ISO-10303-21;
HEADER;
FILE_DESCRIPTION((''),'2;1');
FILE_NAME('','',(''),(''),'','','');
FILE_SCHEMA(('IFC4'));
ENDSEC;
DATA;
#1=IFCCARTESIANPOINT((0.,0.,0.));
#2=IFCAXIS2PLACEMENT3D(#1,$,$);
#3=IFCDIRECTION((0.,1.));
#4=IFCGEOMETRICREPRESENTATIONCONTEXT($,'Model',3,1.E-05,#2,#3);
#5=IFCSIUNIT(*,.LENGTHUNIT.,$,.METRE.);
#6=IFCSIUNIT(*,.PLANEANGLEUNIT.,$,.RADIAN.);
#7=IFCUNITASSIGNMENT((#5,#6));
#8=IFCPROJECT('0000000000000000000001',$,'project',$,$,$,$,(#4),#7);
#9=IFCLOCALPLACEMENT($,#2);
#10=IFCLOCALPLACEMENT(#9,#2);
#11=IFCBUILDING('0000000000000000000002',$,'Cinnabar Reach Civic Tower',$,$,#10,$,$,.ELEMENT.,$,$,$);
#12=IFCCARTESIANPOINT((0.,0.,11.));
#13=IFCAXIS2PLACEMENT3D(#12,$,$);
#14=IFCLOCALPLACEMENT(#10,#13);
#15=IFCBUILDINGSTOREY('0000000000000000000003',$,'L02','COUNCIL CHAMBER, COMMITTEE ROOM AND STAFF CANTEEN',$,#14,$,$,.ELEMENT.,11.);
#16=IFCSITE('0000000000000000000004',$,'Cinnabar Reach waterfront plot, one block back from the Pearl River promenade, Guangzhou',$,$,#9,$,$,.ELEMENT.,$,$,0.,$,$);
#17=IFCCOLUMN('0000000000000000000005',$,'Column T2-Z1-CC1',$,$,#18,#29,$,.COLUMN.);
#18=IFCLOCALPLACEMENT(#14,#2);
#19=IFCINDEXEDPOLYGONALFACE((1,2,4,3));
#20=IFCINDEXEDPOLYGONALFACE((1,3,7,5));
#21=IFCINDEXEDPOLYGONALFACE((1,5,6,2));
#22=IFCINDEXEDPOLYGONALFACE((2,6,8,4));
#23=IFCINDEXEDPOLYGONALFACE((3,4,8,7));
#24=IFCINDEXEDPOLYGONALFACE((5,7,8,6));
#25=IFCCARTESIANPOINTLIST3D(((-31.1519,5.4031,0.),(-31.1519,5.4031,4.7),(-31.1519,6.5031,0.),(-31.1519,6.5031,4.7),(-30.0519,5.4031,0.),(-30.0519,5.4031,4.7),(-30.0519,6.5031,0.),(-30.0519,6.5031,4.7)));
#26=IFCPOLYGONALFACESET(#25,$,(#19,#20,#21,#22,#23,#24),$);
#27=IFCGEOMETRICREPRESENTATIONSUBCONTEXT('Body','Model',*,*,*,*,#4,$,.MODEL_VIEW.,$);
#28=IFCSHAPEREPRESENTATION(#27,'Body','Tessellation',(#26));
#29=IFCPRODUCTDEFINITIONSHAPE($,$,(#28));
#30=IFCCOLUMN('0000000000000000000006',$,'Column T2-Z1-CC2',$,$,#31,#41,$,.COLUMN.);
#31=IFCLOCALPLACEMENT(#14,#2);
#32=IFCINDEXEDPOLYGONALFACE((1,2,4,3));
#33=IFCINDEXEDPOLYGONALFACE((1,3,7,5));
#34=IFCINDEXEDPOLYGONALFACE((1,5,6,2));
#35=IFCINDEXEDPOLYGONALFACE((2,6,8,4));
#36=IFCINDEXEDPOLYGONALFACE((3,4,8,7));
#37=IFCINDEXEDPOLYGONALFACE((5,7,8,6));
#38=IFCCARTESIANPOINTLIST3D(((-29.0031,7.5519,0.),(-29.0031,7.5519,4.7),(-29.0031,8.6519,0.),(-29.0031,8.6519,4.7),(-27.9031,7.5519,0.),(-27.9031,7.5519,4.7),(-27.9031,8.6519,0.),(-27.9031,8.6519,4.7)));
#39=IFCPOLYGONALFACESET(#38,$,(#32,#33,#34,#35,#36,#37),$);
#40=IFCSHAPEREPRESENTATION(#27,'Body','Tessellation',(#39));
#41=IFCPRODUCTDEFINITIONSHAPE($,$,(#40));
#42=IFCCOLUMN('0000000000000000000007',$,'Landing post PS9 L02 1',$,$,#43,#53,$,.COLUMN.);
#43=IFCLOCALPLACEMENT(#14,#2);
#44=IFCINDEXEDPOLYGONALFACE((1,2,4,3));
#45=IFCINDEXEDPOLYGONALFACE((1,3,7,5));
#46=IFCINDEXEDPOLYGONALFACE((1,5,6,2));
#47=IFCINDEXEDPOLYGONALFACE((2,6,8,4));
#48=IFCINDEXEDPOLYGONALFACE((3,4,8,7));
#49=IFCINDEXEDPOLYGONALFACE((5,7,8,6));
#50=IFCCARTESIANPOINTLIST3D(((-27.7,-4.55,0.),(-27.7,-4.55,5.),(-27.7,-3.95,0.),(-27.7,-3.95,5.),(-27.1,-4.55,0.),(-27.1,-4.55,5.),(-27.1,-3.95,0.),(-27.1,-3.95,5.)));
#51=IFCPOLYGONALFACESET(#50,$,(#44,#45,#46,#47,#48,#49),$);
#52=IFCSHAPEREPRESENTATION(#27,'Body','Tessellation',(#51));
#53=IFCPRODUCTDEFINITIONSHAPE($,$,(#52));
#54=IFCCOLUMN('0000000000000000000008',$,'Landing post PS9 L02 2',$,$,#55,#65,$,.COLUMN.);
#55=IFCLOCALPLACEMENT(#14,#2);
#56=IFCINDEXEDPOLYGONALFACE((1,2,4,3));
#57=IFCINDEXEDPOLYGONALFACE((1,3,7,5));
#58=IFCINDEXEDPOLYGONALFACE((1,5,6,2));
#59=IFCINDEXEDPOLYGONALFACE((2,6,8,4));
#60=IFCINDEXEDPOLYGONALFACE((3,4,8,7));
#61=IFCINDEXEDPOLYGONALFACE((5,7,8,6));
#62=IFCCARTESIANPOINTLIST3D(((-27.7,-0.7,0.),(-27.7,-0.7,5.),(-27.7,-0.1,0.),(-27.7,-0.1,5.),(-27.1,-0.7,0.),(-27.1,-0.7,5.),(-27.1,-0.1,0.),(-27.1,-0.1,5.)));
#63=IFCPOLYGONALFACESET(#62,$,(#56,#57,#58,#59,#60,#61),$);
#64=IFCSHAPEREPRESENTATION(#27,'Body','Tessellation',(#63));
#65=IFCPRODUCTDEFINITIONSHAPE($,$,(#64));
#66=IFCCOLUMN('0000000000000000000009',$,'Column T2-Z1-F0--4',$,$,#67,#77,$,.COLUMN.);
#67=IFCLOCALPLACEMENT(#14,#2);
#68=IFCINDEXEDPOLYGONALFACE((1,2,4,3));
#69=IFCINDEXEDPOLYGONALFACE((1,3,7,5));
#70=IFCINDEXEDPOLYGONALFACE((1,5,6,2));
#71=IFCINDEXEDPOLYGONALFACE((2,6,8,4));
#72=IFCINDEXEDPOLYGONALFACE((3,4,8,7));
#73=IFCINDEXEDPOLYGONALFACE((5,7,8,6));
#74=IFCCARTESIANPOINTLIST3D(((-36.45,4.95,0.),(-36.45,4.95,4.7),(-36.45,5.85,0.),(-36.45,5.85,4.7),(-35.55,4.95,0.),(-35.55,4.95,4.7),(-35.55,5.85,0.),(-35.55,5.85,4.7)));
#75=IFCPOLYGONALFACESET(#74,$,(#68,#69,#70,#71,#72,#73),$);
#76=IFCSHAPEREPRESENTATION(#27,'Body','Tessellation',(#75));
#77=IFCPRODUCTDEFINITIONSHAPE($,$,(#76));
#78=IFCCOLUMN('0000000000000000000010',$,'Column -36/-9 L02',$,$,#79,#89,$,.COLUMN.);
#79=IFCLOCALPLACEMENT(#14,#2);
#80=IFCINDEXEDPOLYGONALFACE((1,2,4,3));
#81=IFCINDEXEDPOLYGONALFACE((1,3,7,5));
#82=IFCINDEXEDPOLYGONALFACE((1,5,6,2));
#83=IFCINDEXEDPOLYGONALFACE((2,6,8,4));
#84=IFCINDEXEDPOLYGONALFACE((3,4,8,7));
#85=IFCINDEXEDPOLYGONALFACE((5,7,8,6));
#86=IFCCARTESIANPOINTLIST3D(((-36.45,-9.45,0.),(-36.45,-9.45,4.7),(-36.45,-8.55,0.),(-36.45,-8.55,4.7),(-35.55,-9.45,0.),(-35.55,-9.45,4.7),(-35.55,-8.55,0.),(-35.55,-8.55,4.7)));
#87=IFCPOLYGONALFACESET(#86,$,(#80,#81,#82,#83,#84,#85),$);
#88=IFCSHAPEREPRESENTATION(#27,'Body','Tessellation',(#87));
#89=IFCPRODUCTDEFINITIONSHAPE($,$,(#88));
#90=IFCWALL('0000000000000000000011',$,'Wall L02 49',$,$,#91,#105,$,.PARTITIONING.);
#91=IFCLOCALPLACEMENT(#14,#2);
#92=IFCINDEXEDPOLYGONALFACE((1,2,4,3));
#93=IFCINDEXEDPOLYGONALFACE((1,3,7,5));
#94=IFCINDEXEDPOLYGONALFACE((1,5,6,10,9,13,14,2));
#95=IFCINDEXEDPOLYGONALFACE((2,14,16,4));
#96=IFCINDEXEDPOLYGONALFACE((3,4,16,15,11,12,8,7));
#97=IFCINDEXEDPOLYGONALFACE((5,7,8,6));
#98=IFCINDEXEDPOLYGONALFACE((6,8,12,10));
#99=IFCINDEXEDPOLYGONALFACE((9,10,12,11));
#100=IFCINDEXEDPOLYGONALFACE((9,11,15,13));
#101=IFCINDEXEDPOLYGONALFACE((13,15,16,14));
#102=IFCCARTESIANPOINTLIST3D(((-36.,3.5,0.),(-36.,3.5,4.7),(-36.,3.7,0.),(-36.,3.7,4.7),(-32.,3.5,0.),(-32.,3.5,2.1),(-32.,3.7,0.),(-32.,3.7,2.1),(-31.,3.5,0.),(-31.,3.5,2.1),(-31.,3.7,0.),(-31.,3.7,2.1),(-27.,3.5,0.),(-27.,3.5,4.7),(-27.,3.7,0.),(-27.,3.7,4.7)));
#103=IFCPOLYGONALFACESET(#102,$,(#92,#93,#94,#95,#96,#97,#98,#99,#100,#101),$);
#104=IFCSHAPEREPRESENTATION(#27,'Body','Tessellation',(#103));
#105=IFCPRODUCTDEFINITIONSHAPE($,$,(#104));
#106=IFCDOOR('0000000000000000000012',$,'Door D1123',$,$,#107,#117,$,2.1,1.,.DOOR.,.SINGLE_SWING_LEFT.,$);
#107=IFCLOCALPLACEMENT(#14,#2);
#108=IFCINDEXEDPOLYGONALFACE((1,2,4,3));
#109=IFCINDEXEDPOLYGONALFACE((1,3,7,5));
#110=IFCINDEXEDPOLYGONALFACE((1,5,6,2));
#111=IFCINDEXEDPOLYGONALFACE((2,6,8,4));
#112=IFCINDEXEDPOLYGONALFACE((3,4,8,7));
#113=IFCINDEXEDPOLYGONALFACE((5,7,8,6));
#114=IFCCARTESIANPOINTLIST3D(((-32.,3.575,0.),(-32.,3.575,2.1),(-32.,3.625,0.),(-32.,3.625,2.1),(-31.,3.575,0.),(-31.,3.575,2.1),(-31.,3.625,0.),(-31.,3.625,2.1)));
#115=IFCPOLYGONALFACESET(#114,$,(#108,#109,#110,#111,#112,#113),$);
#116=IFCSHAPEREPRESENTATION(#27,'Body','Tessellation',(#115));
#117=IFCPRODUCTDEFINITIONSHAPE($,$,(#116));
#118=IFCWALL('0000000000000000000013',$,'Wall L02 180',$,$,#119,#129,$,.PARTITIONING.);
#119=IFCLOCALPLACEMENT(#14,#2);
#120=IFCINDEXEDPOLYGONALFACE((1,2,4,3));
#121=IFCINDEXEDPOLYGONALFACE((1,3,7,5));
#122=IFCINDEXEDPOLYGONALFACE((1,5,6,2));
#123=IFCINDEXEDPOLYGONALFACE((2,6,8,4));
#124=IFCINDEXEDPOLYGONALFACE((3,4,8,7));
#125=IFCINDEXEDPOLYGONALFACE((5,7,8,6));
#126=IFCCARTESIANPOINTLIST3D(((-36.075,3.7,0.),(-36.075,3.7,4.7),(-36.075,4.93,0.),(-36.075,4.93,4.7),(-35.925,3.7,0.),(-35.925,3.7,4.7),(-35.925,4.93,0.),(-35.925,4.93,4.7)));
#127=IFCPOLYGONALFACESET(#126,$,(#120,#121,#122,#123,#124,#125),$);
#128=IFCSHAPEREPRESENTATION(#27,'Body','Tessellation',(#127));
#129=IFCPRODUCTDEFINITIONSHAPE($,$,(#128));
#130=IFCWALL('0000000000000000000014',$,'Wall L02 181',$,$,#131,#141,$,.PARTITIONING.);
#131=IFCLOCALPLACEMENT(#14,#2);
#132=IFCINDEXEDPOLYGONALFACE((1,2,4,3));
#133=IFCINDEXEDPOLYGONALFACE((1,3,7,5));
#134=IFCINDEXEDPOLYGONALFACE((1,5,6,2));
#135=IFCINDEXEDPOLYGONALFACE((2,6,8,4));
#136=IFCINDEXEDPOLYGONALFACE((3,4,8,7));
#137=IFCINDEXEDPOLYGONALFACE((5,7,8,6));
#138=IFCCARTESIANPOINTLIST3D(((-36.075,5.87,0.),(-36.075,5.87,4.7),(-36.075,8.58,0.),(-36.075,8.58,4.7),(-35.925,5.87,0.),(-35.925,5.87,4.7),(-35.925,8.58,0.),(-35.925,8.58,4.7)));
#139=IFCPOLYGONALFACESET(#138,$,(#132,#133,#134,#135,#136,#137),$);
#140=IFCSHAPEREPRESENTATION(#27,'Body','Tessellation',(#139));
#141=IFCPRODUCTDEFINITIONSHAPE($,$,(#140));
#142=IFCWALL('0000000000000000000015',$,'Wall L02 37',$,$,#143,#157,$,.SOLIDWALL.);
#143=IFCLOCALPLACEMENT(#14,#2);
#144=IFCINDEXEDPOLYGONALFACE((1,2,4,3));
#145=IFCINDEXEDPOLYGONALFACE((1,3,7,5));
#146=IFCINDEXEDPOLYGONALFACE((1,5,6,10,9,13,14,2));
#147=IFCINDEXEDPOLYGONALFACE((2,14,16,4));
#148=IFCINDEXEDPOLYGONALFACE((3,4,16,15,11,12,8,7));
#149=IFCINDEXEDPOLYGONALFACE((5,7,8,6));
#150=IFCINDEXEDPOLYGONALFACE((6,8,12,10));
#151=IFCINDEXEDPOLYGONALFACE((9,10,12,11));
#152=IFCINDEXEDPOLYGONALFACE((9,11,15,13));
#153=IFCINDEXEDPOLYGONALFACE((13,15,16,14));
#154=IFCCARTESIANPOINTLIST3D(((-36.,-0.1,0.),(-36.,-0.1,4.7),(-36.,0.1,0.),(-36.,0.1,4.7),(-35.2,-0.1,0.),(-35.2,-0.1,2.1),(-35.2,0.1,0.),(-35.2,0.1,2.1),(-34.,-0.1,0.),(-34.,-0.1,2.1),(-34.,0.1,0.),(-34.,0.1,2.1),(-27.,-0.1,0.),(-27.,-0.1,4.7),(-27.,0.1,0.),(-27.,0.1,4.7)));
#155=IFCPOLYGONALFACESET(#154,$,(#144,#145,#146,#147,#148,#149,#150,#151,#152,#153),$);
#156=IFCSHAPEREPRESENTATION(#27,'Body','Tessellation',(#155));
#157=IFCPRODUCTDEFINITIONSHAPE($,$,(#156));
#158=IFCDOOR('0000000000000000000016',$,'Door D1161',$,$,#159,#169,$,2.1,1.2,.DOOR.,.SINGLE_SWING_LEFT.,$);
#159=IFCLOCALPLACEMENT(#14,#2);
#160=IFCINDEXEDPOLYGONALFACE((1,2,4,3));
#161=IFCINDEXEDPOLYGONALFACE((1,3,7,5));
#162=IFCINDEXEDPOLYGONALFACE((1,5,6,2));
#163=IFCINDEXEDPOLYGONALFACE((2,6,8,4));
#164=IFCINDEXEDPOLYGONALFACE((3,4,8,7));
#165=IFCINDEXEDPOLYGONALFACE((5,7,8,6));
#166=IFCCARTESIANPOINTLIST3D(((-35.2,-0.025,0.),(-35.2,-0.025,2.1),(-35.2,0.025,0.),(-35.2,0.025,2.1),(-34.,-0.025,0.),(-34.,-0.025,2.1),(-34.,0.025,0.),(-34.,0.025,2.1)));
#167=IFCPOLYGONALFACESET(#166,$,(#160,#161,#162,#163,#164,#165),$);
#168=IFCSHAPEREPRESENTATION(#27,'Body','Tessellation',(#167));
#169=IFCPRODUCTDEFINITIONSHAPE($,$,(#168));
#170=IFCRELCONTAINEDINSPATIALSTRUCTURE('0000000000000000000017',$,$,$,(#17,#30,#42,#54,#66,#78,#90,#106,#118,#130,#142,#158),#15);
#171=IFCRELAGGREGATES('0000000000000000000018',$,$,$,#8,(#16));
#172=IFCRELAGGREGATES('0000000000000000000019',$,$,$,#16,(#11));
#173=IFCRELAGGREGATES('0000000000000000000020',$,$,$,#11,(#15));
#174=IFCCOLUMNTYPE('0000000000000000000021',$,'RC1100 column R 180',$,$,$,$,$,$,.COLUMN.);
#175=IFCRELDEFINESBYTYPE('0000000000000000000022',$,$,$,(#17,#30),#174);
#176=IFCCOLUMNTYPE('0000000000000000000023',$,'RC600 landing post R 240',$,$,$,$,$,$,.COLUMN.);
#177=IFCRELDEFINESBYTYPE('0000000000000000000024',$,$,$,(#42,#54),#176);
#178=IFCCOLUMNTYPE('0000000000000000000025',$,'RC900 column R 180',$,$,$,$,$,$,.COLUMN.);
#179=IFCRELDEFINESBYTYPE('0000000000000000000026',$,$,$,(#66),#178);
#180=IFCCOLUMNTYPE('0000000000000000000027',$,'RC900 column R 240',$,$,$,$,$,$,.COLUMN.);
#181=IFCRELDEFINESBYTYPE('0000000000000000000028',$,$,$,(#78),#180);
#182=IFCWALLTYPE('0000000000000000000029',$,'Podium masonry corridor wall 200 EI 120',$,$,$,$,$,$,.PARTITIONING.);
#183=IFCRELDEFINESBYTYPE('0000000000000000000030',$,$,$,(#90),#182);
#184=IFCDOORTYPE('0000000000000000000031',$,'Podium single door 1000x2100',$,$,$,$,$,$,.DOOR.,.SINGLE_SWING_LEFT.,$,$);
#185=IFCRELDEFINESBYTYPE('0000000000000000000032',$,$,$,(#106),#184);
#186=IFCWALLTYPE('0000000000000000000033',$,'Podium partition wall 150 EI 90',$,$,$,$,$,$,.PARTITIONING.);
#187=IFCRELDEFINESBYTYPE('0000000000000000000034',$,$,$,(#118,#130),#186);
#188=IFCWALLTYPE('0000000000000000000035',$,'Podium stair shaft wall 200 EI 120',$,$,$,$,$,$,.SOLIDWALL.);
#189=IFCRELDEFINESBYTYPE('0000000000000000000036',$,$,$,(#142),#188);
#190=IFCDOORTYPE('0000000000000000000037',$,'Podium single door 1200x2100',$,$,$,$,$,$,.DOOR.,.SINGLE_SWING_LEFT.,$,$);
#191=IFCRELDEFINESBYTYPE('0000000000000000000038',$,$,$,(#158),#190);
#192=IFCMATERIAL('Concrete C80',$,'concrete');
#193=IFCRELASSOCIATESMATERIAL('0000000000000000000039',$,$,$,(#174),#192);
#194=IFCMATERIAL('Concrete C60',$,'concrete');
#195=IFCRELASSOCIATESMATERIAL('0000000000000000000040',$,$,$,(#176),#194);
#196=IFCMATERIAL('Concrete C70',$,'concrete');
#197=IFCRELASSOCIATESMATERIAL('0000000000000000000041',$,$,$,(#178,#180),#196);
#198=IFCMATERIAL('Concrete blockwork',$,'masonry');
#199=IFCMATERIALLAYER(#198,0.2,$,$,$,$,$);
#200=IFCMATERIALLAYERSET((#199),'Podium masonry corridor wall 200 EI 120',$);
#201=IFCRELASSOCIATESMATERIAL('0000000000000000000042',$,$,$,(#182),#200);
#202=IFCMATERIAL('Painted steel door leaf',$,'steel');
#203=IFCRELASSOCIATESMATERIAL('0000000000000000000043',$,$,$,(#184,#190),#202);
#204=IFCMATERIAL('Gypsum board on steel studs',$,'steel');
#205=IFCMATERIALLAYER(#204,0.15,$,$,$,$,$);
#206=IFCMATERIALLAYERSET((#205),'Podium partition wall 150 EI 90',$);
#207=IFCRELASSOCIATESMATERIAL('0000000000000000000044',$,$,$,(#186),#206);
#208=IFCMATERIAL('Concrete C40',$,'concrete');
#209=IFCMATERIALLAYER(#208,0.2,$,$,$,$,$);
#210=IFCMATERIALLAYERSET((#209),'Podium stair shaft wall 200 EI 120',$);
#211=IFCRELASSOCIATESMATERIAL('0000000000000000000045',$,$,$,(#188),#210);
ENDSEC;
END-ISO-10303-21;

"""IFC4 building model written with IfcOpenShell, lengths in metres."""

from ifc_helpers import new_model, si_unit, direction, frame, frame_2d, origin, origin_2d, place, context, subcontext, project, spatial, rectangle, extrude, material, layer, layer_set, material_profile, profile_set, type_object, element, fill, save


model = new_model("IFC4")

# Units and contexts
model_context = context("Model", 3, precision=1e-05, world=origin(), true_north=direction((0.0, 1.0)))
body_context = subcontext(model_context, "Body", "Model", "MODEL_VIEW")
ifc_project = project(units=[si_unit("LENGTHUNIT", "METRE"), si_unit("PLANEANGLEUNIT", "RADIAN")], contexts=[model_context])

# Site, building, storey
site_placement = place(None, origin())
site = spatial("IfcSite", under=ifc_project, at=site_placement, Name="Cinnabar Reach waterfront plot, one block back from the Pearl River promenade, Guangzhou", CompositionType="ELEMENT", RefElevation=0.0)
building_placement = place(site_placement, origin())
building = spatial("IfcBuilding", under=site, at=building_placement, Name="Cinnabar Reach Civic Tower", CompositionType="ELEMENT")
storey_placement = place(building_placement, frame((0.0, 0.0, 11.0)))
storey = spatial("IfcBuildingStorey", under=building, at=storey_placement, Name="L02", Description="COUNCIL CHAMBER, COMMITTEE ROOM AND STAFF CANTEEN", CompositionType="ELEMENT", Elevation=11.0)

# Columns
ifc_material_1 = material(Name="Concrete C80", Category="concrete")
ifc_material_profile_1 = material_profile(ifc_material_1, rectangle(XDim=1.1, YDim=1.1, at=origin_2d()), Name="RC1100")
ifc_profile_set_1 = profile_set([ifc_material_profile_1], Name="Concrete C80")
column_type_1 = type_object("IfcColumnType", Name="RC1100 column R 180", PredefinedType="COLUMN", material=ifc_profile_set_1)
for number, where, z_axis, x_axis, name in (
    (1, (-30.6019, 5.9531, 0.0), (0.0, 0.0, 1.0), (1.0, 0.0, 0.0), "Column T2-Z1-CC1"),
    (2, (-28.4531, 8.1019, 0.0), (0.0, 0.0, 1.0), (1.0, 0.0, 0.0), "Column T2-Z1-CC2"),
):
    element("IfcColumn", number, at=place(storey_placement, frame(where, z_axis=z_axis, x_axis=x_axis)), inside=storey, type_object=column_type_1, Name=name, PredefinedType="COLUMN", context=body_context, shape_type="SweptSolid", body=[
        extrude(rectangle(XDim=1.1, YDim=1.1, at=origin_2d()), origin(), (0.0, 0.0, 1.0), 4.7),
    ])
ifc_material_2 = material(Name="Concrete C60", Category="concrete")
ifc_material_profile_2 = material_profile(ifc_material_2, rectangle(XDim=0.6, YDim=0.6, at=origin_2d()), Name="RC600")
ifc_profile_set_2 = profile_set([ifc_material_profile_2], Name="Concrete C60")
column_type_2 = type_object("IfcColumnType", Name="RC600 landing post R 240", PredefinedType="COLUMN", material=ifc_profile_set_2)
for number, where, z_axis, x_axis, name in (
    (3, (-27.4, -4.25, 0.0), (0.0, 0.0, 1.0), (1.0, 0.0, 0.0), "Landing post PS9 L02 1"),
    (4, (-27.4, -0.4, 0.0), (0.0, 0.0, 1.0), (1.0, 0.0, 0.0), "Landing post PS9 L02 2"),
):
    element("IfcColumn", number, at=place(storey_placement, frame(where, z_axis=z_axis, x_axis=x_axis)), inside=storey, type_object=column_type_2, Name=name, PredefinedType="COLUMN", context=body_context, shape_type="SweptSolid", body=[
        extrude(rectangle(XDim=0.6, YDim=0.6, at=origin_2d()), origin(), (0.0, 0.0, 1.0), 5.0),
    ])
ifc_material_3 = material(Name="Concrete C70", Category="concrete")
ifc_material_profile_3 = material_profile(ifc_material_3, rectangle(XDim=0.9, YDim=0.9, at=origin_2d()), Name="RC900")
ifc_profile_set_3 = profile_set([ifc_material_profile_3], Name="Concrete C70")
column_type_3 = type_object("IfcColumnType", Name="RC900 column R 180", PredefinedType="COLUMN", material=ifc_profile_set_3)
column_1_placement = place(storey_placement, frame((-36.0, 5.4, 0.0), z_axis=(0.0, 0.0, 1.0), x_axis=(1.0, 0.0, 0.0)))
element("IfcColumn", 5, at=column_1_placement, inside=storey, type_object=column_type_3, Name="Column T2-Z1-F0--4", PredefinedType="COLUMN", context=body_context, shape_type="SweptSolid", body=[
    extrude(rectangle(XDim=0.9, YDim=0.9, at=origin_2d()), origin(), (0.0, 0.0, 1.0), 4.7),
])
ifc_material_profile_4 = material_profile(ifc_material_3, rectangle(XDim=0.9, YDim=0.9, at=origin_2d()), Name="RC900")
ifc_profile_set_4 = profile_set([ifc_material_profile_4], Name="Concrete C70")
column_type_4 = type_object("IfcColumnType", Name="RC900 column R 240", PredefinedType="COLUMN", material=ifc_profile_set_4)
column_2_placement = place(storey_placement, frame((-36.0, -9.0, 0.0), z_axis=(0.0, 0.0, 1.0), x_axis=(1.0, 0.0, 0.0)))
element("IfcColumn", 6, at=column_2_placement, inside=storey, type_object=column_type_4, Name="Column -36/-9 L02", PredefinedType="COLUMN", context=body_context, shape_type="SweptSolid", body=[
    extrude(rectangle(XDim=0.9, YDim=0.9, at=origin_2d()), origin(), (0.0, 0.0, 1.0), 4.7),
])

# Wall, opening, door
ifc_material_4 = material(Name="Concrete blockwork", Category="masonry")
ifc_layer_1 = layer(ifc_material_4, 0.2)
ifc_layer_set_1 = layer_set([ifc_layer_1], Name="Podium masonry corridor wall 200 EI 120")
wall_type_1 = type_object("IfcWallType", Name="Podium masonry corridor wall 200 EI 120", PredefinedType="PARTITIONING", material=ifc_layer_set_1)
wall_1_placement = place(storey_placement, frame((-36.0, 3.6, 0.0), z_axis=(0.0, 0.0, 1.0), x_axis=(1.0, 0.0, 0.0)))
wall_1 = element("IfcWall", 7, at=wall_1_placement, inside=storey, type_object=wall_type_1, Name="Wall L02 49", PredefinedType="PARTITIONING", context=body_context, shape_type="SweptSolid", body=[
    extrude(rectangle(XDim=9.0, YDim=0.2, at=frame_2d((4.5, 0.0))), origin(), (0.0, 0.0, 1.0), 4.7),
])
opening_1_placement = place(wall_1_placement, frame((4.0, 0.0, 0.0)))
opening_1 = element("IfcOpeningElement", 8, at=opening_1_placement, cuts=wall_1, PredefinedType="OPENING", context=body_context, shape_type="SweptSolid", body=[
    extrude(rectangle(XDim=1.0, YDim=2.1, at=frame_2d((0.5, 1.05))), frame((0.0, 0.11, 0.0), z_axis=(0.0, -1.0, 0.0), x_axis=(1.0, 0.0, 0.0)), (0.0, 0.0, 1.0), 0.22),
])
ifc_material_5 = material(Name="Painted steel door leaf", Category="steel")
door_type_1 = type_object("IfcDoorType", Name="Podium single door 1000x2100", OperationType="SINGLE_SWING_LEFT", PredefinedType="DOOR", material=ifc_material_5)
door_1_placement = place(opening_1_placement, origin())
door_1 = element("IfcDoor", 9, at=door_1_placement, inside=storey, type_object=door_type_1, Name="Door D1123", OperationType="SINGLE_SWING_LEFT", OverallHeight=2.1, OverallWidth=1.0, PredefinedType="DOOR", context=body_context, shape_type="SweptSolid", body=[
    extrude(rectangle(XDim=1.0, YDim=2.1, at=frame_2d((0.5, 1.05))), frame((0.0, 0.025, 0.0), z_axis=(0.0, -1.0, 0.0), x_axis=(1.0, 0.0, 0.0)), (0.0, 0.0, 1.0), 0.05),
])
fill(opening_1, door_1)

# Walls
ifc_material_6 = material(Name="Gypsum board on steel studs", Category="steel")
ifc_layer_2 = layer(ifc_material_6, 0.15)
ifc_layer_set_2 = layer_set([ifc_layer_2], Name="Podium partition wall 150 EI 90")
wall_type_2 = type_object("IfcWallType", Name="Podium partition wall 150 EI 90", PredefinedType="PARTITIONING", material=ifc_layer_set_2)
wall_2_placement = place(storey_placement, frame((-36.0, 3.7, 0.0), z_axis=(0.0, 0.0, 1.0), x_axis=(0.0, 1.0, 0.0)))
element("IfcWall", 10, at=wall_2_placement, inside=storey, type_object=wall_type_2, Name="Wall L02 180", PredefinedType="PARTITIONING", context=body_context, shape_type="SweptSolid", body=[
    extrude(rectangle(XDim=1.23, YDim=0.15, at=frame_2d((0.615, 0.0))), origin(), (0.0, 0.0, 1.0), 4.7),
])
wall_3_placement = place(storey_placement, frame((-36.0, 5.87, 0.0), z_axis=(0.0, 0.0, 1.0), x_axis=(0.0, 1.0, 0.0)))
element("IfcWall", 11, at=wall_3_placement, inside=storey, type_object=wall_type_2, Name="Wall L02 181", PredefinedType="PARTITIONING", context=body_context, shape_type="SweptSolid", body=[
    extrude(rectangle(XDim=2.71, YDim=0.15, at=frame_2d((1.355, 0.0))), origin(), (0.0, 0.0, 1.0), 4.7),
])

# Wall, opening, door
ifc_material_7 = material(Name="Concrete C40", Category="concrete")
ifc_layer_3 = layer(ifc_material_7, 0.2)
ifc_layer_set_3 = layer_set([ifc_layer_3], Name="Podium stair shaft wall 200 EI 120")
wall_type_3 = type_object("IfcWallType", Name="Podium stair shaft wall 200 EI 120", PredefinedType="SOLIDWALL", material=ifc_layer_set_3)
wall_4_placement = place(storey_placement, frame((-36.0, 0.0, 0.0), z_axis=(0.0, 0.0, 1.0), x_axis=(1.0, 0.0, 0.0)))
wall_4 = element("IfcWall", 12, at=wall_4_placement, inside=storey, type_object=wall_type_3, Name="Wall L02 37", PredefinedType="SOLIDWALL", context=body_context, shape_type="SweptSolid", body=[
    extrude(rectangle(XDim=9.0, YDim=0.2, at=frame_2d((4.5, 0.0))), origin(), (0.0, 0.0, 1.0), 4.7),
])
opening_2_placement = place(wall_4_placement, frame((0.8, 0.0, 0.0)))
opening_2 = element("IfcOpeningElement", 13, at=opening_2_placement, cuts=wall_4, PredefinedType="OPENING", context=body_context, shape_type="SweptSolid", body=[
    extrude(rectangle(XDim=1.2, YDim=2.1, at=frame_2d((0.6, 1.05))), frame((0.0, 0.11, 0.0), z_axis=(0.0, -1.0, 0.0), x_axis=(1.0, 0.0, 0.0)), (0.0, 0.0, 1.0), 0.22),
])
door_type_2 = type_object("IfcDoorType", Name="Podium single door 1200x2100", OperationType="SINGLE_SWING_LEFT", PredefinedType="DOOR", material=ifc_material_5)
door_2_placement = place(opening_2_placement, frame((1.2, 0.0, 0.0), z_axis=(0.0, 0.0, 1.0), x_axis=(-1.0, 0.0, 0.0)))
door_2 = element("IfcDoor", 14, at=door_2_placement, inside=storey, type_object=door_type_2, Name="Door D1161", OperationType="SINGLE_SWING_LEFT", OverallHeight=2.1, OverallWidth=1.2, PredefinedType="DOOR", context=body_context, shape_type="SweptSolid", body=[
    extrude(rectangle(XDim=1.2, YDim=2.1, at=frame_2d((0.6, 1.05))), frame((0.0, 0.025, 0.0), z_axis=(0.0, -1.0, 0.0), x_axis=(1.0, 0.0, 0.0)), (0.0, 0.0, 1.0), 0.05),
])
fill(opening_2, door_2)

save(model, "model.ifc")
